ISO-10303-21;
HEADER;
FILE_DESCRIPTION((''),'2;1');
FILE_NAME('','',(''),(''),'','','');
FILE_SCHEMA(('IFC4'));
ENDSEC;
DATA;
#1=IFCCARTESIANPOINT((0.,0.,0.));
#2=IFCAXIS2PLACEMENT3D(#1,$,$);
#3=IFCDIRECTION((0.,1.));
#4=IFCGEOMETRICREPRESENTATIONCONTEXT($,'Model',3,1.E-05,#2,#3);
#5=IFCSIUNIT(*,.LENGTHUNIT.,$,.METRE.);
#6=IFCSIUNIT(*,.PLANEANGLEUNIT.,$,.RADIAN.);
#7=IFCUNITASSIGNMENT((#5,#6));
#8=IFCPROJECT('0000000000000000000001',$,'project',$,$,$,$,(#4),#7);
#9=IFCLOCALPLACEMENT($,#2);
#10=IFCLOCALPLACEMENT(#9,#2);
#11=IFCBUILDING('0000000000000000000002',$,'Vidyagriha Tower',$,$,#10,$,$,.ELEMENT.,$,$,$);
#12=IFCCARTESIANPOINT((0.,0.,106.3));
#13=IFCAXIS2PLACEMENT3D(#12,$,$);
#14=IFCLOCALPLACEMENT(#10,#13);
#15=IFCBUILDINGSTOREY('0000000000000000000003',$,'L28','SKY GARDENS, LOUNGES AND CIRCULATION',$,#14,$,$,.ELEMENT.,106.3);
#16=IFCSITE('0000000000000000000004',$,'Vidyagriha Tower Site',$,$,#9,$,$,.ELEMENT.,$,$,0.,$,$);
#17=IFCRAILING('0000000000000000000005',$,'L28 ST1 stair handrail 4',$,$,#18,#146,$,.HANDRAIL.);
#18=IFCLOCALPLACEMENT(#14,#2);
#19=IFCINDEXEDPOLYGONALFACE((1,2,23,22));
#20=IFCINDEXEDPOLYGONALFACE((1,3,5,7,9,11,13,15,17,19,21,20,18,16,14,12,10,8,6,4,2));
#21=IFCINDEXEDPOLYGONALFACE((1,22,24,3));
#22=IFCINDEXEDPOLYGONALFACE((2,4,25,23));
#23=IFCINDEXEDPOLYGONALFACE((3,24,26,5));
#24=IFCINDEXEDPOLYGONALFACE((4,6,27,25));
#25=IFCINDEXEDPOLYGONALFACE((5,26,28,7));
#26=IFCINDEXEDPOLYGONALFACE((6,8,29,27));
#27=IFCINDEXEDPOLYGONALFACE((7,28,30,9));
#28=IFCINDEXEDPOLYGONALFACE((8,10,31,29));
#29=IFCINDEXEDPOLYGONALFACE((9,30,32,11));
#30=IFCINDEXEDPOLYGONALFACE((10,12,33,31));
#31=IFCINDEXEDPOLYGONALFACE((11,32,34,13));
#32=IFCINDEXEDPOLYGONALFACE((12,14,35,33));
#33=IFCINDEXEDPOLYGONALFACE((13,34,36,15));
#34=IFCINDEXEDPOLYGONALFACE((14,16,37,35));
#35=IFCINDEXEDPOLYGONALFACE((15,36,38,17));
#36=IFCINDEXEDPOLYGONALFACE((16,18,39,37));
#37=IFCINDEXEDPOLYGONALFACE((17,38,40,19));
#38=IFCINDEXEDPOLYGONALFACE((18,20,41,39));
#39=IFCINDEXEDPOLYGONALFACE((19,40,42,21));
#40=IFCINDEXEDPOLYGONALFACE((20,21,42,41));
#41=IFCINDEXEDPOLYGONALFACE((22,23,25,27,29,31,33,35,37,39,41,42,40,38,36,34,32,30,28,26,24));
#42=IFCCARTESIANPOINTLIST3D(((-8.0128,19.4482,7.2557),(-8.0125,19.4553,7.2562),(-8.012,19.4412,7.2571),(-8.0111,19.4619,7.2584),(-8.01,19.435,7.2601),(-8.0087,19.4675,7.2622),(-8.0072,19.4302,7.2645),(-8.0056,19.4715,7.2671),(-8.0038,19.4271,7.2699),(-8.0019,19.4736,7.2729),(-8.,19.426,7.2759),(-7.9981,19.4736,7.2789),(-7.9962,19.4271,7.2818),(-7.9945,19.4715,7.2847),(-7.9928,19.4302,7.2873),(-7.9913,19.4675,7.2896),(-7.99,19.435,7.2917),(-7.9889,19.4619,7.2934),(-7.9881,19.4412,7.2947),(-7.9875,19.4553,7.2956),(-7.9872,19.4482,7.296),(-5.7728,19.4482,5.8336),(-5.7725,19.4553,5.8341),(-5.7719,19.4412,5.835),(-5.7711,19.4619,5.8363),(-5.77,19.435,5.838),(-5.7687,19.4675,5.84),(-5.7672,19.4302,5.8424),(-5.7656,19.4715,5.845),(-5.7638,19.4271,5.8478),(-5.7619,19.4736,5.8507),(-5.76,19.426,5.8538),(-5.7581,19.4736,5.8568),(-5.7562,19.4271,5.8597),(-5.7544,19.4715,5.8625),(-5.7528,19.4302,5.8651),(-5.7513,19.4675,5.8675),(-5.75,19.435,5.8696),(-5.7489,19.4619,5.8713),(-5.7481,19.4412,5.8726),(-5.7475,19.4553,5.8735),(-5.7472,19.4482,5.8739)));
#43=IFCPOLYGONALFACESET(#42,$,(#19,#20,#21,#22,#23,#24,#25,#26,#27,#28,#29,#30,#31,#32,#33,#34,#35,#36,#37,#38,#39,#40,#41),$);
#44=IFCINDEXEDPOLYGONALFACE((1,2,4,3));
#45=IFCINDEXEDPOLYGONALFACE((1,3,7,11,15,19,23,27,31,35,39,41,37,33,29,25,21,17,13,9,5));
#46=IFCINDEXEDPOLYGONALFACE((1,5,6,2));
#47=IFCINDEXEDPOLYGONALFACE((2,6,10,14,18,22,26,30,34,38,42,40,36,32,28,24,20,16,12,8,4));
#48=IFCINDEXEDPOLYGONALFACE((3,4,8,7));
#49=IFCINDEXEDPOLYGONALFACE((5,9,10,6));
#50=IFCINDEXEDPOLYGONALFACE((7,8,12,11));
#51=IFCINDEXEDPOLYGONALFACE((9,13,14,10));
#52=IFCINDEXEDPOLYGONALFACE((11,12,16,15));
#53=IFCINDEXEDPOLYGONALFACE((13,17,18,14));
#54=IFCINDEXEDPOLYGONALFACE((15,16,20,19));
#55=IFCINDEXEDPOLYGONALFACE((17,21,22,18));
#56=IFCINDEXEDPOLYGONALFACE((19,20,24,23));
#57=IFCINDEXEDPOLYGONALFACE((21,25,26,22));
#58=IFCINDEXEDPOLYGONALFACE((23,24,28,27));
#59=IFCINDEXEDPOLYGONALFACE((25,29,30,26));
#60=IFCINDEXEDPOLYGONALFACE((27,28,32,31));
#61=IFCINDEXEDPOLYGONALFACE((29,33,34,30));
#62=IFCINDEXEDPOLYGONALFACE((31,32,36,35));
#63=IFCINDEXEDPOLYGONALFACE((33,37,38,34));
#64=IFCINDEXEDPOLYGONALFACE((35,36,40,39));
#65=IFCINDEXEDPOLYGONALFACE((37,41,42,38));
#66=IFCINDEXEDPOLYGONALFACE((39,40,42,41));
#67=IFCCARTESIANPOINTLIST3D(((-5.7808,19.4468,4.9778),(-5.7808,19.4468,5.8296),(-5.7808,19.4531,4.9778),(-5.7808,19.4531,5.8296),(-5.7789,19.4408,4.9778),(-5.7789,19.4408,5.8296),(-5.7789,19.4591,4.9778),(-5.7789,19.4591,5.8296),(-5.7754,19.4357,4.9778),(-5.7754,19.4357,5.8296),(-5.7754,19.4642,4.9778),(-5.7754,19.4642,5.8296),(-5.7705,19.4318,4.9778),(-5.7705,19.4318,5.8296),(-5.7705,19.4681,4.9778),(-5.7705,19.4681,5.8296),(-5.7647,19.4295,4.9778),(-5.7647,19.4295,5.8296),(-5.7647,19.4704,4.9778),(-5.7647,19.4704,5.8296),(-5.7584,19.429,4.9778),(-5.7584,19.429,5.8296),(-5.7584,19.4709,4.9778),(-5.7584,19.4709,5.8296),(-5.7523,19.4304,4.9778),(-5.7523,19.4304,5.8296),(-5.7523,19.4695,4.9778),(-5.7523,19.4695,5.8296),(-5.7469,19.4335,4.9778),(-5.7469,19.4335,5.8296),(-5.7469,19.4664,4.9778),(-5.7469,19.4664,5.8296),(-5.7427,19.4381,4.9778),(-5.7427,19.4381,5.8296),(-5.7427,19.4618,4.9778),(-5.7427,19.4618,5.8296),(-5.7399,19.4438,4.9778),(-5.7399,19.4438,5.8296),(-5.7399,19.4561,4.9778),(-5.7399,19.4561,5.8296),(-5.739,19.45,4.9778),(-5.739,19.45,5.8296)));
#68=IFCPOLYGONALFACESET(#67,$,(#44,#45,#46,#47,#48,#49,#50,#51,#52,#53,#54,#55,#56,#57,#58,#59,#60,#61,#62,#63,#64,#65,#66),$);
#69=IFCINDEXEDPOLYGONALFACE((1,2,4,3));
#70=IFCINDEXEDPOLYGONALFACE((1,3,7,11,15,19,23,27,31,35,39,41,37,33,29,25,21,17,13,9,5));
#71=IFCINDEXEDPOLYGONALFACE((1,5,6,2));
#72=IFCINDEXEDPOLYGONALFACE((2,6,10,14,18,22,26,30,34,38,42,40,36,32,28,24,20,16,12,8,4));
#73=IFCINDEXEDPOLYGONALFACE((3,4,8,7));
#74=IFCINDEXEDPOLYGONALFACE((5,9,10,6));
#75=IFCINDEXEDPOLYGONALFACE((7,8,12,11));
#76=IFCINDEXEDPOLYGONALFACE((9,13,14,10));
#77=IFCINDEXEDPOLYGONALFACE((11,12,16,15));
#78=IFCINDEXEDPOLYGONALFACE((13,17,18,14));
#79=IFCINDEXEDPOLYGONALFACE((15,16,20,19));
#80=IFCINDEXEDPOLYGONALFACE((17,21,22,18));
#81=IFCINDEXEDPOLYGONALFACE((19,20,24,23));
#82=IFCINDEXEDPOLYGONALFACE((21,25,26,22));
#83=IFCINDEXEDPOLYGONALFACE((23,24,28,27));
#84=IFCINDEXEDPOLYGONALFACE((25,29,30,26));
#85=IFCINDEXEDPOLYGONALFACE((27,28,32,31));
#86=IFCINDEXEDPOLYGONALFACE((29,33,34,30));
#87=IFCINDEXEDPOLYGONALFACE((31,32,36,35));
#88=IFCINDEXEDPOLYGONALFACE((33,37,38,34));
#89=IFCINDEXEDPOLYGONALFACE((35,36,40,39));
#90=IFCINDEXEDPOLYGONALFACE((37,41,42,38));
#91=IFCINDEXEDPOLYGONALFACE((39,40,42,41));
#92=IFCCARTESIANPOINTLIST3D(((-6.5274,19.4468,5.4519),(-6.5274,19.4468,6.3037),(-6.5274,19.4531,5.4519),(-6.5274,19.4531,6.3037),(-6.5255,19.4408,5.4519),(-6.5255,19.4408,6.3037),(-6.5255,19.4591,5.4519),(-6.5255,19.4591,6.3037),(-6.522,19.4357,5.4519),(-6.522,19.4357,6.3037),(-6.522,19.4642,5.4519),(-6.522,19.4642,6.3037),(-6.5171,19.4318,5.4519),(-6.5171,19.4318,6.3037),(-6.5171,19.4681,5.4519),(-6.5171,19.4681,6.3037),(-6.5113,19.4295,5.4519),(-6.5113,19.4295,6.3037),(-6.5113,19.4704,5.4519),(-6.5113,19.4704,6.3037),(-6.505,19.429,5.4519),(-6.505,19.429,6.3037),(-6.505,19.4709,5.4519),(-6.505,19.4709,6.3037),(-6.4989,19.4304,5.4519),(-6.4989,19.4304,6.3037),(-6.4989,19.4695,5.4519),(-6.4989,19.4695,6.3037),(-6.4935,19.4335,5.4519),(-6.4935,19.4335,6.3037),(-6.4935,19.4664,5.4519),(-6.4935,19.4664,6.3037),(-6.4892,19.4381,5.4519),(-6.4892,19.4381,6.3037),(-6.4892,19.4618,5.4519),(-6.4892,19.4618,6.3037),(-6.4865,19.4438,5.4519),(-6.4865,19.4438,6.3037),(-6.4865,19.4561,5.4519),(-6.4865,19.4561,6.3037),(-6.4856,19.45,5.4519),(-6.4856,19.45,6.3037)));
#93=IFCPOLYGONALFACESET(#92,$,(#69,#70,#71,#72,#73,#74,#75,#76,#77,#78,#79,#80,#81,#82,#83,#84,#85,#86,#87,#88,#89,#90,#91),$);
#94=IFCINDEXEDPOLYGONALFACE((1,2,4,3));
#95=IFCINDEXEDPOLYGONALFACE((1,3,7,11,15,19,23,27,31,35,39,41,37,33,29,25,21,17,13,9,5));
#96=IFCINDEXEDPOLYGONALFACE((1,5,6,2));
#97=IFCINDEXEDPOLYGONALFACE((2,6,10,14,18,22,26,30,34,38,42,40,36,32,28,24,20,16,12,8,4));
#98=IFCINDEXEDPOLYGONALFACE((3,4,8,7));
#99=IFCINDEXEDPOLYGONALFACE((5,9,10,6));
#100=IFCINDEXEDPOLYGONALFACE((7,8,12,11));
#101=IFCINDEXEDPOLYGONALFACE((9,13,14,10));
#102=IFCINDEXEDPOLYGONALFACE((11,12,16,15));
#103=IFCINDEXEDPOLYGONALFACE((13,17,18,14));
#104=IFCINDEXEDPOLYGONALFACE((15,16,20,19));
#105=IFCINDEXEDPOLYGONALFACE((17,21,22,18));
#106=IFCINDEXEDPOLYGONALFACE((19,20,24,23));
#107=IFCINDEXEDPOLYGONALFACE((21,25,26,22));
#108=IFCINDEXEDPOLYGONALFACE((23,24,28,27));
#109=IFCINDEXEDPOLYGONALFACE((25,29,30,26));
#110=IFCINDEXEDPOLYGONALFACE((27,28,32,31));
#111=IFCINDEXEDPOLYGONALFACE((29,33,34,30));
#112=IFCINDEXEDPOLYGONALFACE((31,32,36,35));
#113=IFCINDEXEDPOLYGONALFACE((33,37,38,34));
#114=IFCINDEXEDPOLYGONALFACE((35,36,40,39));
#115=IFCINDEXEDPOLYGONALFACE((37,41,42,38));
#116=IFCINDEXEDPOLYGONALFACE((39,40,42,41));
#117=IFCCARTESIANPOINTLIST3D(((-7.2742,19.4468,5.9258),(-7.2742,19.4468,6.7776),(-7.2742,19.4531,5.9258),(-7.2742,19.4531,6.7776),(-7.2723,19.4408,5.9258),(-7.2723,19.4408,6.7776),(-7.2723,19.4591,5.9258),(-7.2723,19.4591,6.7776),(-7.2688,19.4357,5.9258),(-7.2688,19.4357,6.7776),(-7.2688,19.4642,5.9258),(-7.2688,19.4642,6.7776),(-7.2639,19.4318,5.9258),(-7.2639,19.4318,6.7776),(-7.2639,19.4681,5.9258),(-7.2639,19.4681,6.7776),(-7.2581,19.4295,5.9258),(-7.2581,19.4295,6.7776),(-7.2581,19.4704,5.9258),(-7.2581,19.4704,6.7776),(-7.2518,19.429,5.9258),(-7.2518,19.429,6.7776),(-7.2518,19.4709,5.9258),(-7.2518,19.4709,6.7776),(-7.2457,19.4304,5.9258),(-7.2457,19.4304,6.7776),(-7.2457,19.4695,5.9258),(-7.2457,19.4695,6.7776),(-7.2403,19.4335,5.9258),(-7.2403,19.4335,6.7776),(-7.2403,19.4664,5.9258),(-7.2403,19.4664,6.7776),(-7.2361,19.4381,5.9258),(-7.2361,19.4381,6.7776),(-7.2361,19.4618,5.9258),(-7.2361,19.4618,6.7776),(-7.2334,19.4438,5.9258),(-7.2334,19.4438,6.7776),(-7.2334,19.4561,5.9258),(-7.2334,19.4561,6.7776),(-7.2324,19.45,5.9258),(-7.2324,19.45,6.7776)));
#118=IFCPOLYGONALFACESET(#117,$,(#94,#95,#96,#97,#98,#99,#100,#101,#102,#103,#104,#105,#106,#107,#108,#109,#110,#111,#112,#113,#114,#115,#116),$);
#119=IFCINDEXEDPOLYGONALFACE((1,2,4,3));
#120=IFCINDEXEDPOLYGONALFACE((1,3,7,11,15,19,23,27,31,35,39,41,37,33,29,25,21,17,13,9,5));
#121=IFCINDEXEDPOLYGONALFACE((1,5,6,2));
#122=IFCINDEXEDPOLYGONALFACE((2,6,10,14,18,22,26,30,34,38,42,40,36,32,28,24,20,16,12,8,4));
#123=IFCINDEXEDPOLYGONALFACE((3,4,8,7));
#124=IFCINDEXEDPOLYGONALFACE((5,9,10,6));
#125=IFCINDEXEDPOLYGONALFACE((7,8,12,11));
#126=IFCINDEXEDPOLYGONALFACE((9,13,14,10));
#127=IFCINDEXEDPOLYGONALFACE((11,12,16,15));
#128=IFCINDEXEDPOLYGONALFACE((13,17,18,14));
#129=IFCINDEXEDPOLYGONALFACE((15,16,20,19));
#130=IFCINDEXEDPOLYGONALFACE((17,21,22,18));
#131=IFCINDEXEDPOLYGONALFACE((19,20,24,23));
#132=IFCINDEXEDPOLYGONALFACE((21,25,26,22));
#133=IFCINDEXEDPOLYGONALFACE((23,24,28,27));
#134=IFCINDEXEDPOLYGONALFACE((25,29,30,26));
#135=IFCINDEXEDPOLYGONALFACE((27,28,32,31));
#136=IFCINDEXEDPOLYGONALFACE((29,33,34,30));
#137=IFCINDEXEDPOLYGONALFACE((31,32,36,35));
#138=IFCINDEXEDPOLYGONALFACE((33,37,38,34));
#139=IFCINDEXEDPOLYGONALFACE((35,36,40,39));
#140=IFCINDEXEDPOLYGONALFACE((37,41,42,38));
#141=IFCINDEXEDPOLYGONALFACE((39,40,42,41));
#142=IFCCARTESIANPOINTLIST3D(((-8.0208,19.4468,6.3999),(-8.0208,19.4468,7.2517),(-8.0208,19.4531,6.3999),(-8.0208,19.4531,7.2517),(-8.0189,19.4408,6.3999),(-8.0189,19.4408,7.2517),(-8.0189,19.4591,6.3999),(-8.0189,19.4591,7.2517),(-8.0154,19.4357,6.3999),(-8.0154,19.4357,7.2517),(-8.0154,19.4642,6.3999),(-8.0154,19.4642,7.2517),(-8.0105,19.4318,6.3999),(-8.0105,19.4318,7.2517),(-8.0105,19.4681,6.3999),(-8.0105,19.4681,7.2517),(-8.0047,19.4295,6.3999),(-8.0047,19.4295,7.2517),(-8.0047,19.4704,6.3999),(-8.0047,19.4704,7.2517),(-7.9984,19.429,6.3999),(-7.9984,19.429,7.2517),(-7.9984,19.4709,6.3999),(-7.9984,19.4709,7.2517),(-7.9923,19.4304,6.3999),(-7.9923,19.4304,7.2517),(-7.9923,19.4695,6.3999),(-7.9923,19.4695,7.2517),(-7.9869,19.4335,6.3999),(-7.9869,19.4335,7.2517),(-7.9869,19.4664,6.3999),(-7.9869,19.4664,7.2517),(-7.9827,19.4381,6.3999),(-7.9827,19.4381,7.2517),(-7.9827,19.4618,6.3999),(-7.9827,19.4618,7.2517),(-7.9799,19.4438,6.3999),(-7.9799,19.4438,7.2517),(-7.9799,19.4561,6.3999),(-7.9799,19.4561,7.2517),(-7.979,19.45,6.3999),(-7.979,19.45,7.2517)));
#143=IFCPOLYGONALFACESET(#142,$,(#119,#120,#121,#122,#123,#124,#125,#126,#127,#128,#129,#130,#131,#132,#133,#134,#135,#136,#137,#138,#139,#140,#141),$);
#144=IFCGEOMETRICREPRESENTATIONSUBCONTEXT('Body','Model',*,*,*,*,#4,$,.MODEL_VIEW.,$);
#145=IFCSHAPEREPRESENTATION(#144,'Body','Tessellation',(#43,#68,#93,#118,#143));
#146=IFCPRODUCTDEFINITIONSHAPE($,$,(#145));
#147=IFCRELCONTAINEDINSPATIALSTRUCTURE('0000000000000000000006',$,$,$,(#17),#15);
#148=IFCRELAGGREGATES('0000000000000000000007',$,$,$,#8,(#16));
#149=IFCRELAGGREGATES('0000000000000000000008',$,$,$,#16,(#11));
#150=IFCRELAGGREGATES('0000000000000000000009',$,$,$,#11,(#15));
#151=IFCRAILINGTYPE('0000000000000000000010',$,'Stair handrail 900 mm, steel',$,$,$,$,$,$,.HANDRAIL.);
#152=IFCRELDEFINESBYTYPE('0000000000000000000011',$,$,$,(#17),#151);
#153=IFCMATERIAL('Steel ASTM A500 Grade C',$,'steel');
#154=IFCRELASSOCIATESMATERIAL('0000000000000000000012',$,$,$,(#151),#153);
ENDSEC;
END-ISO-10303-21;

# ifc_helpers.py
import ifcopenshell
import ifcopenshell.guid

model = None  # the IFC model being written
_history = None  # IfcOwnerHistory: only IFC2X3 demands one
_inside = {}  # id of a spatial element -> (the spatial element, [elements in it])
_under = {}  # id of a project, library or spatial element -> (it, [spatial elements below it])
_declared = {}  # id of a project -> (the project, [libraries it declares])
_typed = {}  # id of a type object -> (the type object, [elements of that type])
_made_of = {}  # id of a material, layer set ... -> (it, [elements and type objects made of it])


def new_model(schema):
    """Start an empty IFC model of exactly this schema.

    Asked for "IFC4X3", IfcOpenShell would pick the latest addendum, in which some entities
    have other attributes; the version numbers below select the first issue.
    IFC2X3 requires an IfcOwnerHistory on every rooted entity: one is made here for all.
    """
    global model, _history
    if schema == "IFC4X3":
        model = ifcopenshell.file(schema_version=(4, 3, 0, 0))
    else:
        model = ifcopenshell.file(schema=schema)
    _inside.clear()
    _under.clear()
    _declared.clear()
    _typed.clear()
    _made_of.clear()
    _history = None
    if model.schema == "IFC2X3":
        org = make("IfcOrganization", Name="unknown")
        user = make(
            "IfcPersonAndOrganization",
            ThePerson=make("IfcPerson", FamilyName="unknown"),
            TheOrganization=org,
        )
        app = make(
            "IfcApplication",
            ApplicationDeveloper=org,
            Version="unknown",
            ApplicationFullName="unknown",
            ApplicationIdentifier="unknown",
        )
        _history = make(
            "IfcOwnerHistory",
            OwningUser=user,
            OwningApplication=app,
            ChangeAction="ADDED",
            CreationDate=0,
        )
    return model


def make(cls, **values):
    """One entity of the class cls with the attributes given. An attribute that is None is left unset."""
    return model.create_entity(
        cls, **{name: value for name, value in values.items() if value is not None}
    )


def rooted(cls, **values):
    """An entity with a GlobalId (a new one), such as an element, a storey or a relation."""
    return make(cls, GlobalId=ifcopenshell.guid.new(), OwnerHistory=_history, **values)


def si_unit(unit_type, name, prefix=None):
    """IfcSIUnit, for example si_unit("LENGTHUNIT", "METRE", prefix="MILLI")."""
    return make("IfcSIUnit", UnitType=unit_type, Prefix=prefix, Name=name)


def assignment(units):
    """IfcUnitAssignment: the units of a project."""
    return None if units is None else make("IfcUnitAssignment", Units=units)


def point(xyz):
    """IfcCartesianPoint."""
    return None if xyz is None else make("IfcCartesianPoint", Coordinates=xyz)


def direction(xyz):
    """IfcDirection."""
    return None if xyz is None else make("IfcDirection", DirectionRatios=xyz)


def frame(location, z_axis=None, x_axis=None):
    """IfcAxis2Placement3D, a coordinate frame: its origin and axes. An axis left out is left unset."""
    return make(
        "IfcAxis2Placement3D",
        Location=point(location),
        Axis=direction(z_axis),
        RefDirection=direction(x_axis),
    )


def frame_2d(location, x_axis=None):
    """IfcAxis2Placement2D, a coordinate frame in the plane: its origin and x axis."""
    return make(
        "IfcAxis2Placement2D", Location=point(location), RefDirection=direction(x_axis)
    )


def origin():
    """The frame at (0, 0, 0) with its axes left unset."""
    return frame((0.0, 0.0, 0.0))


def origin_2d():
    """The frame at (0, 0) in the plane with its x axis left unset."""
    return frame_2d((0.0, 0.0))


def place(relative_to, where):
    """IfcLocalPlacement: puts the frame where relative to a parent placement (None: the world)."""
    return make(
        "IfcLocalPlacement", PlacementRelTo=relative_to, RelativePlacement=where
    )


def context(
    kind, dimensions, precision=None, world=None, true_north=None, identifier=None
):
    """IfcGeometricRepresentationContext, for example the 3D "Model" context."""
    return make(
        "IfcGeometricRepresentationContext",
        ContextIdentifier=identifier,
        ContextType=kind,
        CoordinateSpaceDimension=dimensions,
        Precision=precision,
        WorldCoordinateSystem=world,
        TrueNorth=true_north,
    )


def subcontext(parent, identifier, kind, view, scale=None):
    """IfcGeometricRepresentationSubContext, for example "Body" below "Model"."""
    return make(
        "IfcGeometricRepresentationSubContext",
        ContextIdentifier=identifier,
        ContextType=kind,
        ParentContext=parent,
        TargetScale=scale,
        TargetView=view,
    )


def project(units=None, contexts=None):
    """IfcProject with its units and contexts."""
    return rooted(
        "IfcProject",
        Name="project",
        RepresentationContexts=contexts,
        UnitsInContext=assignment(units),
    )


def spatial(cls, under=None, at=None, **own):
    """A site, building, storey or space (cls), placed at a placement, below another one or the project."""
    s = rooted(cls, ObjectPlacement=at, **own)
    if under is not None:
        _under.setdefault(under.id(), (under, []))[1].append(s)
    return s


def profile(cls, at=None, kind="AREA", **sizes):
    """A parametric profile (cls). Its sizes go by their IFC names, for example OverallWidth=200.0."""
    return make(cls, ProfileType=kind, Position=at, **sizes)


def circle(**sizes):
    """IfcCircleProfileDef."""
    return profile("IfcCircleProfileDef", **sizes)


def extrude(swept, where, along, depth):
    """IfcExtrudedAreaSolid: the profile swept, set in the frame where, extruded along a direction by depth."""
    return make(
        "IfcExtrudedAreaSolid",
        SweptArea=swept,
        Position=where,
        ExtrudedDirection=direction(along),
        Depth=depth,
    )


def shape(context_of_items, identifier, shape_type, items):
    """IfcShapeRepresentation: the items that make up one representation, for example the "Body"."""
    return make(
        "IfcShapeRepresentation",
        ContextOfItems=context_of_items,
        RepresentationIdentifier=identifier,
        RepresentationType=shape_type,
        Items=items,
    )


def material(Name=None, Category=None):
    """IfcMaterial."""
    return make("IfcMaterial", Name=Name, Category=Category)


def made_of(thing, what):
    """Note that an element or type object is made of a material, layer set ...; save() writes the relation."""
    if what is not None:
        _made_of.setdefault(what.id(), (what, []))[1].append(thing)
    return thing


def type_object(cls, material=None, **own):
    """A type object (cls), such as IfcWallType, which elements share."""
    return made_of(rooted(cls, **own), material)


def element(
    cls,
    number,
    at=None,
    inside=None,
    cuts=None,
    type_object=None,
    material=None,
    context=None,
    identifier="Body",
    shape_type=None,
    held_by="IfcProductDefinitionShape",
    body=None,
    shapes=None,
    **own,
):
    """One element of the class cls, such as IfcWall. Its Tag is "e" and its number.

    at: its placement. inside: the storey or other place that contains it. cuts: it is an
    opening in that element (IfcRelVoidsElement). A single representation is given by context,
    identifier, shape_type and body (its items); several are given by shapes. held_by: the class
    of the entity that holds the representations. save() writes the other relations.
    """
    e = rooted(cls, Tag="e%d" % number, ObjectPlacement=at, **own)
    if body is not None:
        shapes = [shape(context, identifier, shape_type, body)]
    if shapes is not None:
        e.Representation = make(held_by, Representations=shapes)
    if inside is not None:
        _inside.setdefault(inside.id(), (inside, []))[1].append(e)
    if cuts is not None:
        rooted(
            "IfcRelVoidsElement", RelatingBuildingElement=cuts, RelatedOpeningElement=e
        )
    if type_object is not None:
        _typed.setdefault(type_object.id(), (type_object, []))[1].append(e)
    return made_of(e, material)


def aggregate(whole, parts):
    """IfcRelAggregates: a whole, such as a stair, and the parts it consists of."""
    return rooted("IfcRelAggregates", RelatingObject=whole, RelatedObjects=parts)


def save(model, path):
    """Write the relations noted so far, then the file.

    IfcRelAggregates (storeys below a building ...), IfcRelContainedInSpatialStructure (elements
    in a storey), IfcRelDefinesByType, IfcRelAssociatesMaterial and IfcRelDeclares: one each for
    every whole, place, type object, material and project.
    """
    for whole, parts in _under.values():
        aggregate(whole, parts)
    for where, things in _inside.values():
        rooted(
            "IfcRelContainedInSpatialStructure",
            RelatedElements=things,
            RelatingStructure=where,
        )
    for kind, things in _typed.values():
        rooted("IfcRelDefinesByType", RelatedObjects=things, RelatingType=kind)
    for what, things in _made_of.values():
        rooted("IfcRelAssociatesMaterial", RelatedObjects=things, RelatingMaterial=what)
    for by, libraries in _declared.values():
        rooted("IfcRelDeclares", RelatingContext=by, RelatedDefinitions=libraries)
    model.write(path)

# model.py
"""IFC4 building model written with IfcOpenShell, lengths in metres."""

from ifc_helpers import new_model, si_unit, direction, frame, origin, origin_2d, place, context, subcontext, project, spatial, circle, extrude, material, type_object, element, save


model = new_model("IFC4")

# Units and contexts
model_context = context("Model", 3, precision=1e-05, world=origin(), true_north=direction((0.0, 1.0)))
body_context = subcontext(model_context, "Body", "Model", "MODEL_VIEW")
ifc_project = project(units=[si_unit("LENGTHUNIT", "METRE"), si_unit("PLANEANGLEUNIT", "RADIAN")], contexts=[model_context])

# Site, building, storey
site_placement = place(None, origin())
site = spatial("IfcSite", under=ifc_project, at=site_placement, Name="Vidyagriha Tower Site", CompositionType="ELEMENT", RefElevation=0.0)
building_placement = place(site_placement, origin())
building = spatial("IfcBuilding", under=site, at=building_placement, Name="Vidyagriha Tower", CompositionType="ELEMENT")
storey_placement = place(building_placement, frame((0.0, 0.0, 106.3)))
storey = spatial("IfcBuildingStorey", under=building, at=storey_placement, Name="L28", Description="SKY GARDENS, LOUNGES AND CIRCULATION", CompositionType="ELEMENT", Elevation=106.3)

# Railing
ifc_material_1 = material(Name="Steel ASTM A500 Grade C", Category="steel")
railing_type_1 = type_object("IfcRailingType", Name="Stair handrail 900 mm, steel", PredefinedType="HANDRAIL", material=ifc_material_1)
for number, where, name in (
    (1, (-5.76, 19.45, 4.9778), "L28 ST1 stair handrail 4"),
):
    element("IfcRailing", number, at=place(storey_placement, frame(where)), inside=storey, type_object=railing_type_1, Name=name, PredefinedType="HANDRAIL", context=body_context, shape_type="SweptSolid", body=[
        extrude(circle(Radius=0.0239, at=origin_2d()), frame((0.0, 0.0, 0.876), z_axis=(-0.844229, 0.0, 0.535982), x_axis=(0.0, -1.0, 0.0)), (0.0, 0.0, 1.0), 2.6533),
        extrude(circle(Radius=0.021, at=origin_2d()), origin(), (0.0, 0.0, 1.0), 0.8518),
        extrude(circle(Radius=0.021, at=origin_2d()), frame((-0.7466, 0.0, 0.4741)), (0.0, 0.0, 1.0), 0.8518),
        extrude(circle(Radius=0.021, at=origin_2d()), frame((-1.4934, 0.0, 0.948)), (0.0, 0.0, 1.0), 0.8518),
        extrude(circle(Radius=0.021, at=origin_2d()), frame((-2.24, 0.0, 1.4221)), (0.0, 0.0, 1.0), 0.8518),
    ])

save(model, "model.ifc")
